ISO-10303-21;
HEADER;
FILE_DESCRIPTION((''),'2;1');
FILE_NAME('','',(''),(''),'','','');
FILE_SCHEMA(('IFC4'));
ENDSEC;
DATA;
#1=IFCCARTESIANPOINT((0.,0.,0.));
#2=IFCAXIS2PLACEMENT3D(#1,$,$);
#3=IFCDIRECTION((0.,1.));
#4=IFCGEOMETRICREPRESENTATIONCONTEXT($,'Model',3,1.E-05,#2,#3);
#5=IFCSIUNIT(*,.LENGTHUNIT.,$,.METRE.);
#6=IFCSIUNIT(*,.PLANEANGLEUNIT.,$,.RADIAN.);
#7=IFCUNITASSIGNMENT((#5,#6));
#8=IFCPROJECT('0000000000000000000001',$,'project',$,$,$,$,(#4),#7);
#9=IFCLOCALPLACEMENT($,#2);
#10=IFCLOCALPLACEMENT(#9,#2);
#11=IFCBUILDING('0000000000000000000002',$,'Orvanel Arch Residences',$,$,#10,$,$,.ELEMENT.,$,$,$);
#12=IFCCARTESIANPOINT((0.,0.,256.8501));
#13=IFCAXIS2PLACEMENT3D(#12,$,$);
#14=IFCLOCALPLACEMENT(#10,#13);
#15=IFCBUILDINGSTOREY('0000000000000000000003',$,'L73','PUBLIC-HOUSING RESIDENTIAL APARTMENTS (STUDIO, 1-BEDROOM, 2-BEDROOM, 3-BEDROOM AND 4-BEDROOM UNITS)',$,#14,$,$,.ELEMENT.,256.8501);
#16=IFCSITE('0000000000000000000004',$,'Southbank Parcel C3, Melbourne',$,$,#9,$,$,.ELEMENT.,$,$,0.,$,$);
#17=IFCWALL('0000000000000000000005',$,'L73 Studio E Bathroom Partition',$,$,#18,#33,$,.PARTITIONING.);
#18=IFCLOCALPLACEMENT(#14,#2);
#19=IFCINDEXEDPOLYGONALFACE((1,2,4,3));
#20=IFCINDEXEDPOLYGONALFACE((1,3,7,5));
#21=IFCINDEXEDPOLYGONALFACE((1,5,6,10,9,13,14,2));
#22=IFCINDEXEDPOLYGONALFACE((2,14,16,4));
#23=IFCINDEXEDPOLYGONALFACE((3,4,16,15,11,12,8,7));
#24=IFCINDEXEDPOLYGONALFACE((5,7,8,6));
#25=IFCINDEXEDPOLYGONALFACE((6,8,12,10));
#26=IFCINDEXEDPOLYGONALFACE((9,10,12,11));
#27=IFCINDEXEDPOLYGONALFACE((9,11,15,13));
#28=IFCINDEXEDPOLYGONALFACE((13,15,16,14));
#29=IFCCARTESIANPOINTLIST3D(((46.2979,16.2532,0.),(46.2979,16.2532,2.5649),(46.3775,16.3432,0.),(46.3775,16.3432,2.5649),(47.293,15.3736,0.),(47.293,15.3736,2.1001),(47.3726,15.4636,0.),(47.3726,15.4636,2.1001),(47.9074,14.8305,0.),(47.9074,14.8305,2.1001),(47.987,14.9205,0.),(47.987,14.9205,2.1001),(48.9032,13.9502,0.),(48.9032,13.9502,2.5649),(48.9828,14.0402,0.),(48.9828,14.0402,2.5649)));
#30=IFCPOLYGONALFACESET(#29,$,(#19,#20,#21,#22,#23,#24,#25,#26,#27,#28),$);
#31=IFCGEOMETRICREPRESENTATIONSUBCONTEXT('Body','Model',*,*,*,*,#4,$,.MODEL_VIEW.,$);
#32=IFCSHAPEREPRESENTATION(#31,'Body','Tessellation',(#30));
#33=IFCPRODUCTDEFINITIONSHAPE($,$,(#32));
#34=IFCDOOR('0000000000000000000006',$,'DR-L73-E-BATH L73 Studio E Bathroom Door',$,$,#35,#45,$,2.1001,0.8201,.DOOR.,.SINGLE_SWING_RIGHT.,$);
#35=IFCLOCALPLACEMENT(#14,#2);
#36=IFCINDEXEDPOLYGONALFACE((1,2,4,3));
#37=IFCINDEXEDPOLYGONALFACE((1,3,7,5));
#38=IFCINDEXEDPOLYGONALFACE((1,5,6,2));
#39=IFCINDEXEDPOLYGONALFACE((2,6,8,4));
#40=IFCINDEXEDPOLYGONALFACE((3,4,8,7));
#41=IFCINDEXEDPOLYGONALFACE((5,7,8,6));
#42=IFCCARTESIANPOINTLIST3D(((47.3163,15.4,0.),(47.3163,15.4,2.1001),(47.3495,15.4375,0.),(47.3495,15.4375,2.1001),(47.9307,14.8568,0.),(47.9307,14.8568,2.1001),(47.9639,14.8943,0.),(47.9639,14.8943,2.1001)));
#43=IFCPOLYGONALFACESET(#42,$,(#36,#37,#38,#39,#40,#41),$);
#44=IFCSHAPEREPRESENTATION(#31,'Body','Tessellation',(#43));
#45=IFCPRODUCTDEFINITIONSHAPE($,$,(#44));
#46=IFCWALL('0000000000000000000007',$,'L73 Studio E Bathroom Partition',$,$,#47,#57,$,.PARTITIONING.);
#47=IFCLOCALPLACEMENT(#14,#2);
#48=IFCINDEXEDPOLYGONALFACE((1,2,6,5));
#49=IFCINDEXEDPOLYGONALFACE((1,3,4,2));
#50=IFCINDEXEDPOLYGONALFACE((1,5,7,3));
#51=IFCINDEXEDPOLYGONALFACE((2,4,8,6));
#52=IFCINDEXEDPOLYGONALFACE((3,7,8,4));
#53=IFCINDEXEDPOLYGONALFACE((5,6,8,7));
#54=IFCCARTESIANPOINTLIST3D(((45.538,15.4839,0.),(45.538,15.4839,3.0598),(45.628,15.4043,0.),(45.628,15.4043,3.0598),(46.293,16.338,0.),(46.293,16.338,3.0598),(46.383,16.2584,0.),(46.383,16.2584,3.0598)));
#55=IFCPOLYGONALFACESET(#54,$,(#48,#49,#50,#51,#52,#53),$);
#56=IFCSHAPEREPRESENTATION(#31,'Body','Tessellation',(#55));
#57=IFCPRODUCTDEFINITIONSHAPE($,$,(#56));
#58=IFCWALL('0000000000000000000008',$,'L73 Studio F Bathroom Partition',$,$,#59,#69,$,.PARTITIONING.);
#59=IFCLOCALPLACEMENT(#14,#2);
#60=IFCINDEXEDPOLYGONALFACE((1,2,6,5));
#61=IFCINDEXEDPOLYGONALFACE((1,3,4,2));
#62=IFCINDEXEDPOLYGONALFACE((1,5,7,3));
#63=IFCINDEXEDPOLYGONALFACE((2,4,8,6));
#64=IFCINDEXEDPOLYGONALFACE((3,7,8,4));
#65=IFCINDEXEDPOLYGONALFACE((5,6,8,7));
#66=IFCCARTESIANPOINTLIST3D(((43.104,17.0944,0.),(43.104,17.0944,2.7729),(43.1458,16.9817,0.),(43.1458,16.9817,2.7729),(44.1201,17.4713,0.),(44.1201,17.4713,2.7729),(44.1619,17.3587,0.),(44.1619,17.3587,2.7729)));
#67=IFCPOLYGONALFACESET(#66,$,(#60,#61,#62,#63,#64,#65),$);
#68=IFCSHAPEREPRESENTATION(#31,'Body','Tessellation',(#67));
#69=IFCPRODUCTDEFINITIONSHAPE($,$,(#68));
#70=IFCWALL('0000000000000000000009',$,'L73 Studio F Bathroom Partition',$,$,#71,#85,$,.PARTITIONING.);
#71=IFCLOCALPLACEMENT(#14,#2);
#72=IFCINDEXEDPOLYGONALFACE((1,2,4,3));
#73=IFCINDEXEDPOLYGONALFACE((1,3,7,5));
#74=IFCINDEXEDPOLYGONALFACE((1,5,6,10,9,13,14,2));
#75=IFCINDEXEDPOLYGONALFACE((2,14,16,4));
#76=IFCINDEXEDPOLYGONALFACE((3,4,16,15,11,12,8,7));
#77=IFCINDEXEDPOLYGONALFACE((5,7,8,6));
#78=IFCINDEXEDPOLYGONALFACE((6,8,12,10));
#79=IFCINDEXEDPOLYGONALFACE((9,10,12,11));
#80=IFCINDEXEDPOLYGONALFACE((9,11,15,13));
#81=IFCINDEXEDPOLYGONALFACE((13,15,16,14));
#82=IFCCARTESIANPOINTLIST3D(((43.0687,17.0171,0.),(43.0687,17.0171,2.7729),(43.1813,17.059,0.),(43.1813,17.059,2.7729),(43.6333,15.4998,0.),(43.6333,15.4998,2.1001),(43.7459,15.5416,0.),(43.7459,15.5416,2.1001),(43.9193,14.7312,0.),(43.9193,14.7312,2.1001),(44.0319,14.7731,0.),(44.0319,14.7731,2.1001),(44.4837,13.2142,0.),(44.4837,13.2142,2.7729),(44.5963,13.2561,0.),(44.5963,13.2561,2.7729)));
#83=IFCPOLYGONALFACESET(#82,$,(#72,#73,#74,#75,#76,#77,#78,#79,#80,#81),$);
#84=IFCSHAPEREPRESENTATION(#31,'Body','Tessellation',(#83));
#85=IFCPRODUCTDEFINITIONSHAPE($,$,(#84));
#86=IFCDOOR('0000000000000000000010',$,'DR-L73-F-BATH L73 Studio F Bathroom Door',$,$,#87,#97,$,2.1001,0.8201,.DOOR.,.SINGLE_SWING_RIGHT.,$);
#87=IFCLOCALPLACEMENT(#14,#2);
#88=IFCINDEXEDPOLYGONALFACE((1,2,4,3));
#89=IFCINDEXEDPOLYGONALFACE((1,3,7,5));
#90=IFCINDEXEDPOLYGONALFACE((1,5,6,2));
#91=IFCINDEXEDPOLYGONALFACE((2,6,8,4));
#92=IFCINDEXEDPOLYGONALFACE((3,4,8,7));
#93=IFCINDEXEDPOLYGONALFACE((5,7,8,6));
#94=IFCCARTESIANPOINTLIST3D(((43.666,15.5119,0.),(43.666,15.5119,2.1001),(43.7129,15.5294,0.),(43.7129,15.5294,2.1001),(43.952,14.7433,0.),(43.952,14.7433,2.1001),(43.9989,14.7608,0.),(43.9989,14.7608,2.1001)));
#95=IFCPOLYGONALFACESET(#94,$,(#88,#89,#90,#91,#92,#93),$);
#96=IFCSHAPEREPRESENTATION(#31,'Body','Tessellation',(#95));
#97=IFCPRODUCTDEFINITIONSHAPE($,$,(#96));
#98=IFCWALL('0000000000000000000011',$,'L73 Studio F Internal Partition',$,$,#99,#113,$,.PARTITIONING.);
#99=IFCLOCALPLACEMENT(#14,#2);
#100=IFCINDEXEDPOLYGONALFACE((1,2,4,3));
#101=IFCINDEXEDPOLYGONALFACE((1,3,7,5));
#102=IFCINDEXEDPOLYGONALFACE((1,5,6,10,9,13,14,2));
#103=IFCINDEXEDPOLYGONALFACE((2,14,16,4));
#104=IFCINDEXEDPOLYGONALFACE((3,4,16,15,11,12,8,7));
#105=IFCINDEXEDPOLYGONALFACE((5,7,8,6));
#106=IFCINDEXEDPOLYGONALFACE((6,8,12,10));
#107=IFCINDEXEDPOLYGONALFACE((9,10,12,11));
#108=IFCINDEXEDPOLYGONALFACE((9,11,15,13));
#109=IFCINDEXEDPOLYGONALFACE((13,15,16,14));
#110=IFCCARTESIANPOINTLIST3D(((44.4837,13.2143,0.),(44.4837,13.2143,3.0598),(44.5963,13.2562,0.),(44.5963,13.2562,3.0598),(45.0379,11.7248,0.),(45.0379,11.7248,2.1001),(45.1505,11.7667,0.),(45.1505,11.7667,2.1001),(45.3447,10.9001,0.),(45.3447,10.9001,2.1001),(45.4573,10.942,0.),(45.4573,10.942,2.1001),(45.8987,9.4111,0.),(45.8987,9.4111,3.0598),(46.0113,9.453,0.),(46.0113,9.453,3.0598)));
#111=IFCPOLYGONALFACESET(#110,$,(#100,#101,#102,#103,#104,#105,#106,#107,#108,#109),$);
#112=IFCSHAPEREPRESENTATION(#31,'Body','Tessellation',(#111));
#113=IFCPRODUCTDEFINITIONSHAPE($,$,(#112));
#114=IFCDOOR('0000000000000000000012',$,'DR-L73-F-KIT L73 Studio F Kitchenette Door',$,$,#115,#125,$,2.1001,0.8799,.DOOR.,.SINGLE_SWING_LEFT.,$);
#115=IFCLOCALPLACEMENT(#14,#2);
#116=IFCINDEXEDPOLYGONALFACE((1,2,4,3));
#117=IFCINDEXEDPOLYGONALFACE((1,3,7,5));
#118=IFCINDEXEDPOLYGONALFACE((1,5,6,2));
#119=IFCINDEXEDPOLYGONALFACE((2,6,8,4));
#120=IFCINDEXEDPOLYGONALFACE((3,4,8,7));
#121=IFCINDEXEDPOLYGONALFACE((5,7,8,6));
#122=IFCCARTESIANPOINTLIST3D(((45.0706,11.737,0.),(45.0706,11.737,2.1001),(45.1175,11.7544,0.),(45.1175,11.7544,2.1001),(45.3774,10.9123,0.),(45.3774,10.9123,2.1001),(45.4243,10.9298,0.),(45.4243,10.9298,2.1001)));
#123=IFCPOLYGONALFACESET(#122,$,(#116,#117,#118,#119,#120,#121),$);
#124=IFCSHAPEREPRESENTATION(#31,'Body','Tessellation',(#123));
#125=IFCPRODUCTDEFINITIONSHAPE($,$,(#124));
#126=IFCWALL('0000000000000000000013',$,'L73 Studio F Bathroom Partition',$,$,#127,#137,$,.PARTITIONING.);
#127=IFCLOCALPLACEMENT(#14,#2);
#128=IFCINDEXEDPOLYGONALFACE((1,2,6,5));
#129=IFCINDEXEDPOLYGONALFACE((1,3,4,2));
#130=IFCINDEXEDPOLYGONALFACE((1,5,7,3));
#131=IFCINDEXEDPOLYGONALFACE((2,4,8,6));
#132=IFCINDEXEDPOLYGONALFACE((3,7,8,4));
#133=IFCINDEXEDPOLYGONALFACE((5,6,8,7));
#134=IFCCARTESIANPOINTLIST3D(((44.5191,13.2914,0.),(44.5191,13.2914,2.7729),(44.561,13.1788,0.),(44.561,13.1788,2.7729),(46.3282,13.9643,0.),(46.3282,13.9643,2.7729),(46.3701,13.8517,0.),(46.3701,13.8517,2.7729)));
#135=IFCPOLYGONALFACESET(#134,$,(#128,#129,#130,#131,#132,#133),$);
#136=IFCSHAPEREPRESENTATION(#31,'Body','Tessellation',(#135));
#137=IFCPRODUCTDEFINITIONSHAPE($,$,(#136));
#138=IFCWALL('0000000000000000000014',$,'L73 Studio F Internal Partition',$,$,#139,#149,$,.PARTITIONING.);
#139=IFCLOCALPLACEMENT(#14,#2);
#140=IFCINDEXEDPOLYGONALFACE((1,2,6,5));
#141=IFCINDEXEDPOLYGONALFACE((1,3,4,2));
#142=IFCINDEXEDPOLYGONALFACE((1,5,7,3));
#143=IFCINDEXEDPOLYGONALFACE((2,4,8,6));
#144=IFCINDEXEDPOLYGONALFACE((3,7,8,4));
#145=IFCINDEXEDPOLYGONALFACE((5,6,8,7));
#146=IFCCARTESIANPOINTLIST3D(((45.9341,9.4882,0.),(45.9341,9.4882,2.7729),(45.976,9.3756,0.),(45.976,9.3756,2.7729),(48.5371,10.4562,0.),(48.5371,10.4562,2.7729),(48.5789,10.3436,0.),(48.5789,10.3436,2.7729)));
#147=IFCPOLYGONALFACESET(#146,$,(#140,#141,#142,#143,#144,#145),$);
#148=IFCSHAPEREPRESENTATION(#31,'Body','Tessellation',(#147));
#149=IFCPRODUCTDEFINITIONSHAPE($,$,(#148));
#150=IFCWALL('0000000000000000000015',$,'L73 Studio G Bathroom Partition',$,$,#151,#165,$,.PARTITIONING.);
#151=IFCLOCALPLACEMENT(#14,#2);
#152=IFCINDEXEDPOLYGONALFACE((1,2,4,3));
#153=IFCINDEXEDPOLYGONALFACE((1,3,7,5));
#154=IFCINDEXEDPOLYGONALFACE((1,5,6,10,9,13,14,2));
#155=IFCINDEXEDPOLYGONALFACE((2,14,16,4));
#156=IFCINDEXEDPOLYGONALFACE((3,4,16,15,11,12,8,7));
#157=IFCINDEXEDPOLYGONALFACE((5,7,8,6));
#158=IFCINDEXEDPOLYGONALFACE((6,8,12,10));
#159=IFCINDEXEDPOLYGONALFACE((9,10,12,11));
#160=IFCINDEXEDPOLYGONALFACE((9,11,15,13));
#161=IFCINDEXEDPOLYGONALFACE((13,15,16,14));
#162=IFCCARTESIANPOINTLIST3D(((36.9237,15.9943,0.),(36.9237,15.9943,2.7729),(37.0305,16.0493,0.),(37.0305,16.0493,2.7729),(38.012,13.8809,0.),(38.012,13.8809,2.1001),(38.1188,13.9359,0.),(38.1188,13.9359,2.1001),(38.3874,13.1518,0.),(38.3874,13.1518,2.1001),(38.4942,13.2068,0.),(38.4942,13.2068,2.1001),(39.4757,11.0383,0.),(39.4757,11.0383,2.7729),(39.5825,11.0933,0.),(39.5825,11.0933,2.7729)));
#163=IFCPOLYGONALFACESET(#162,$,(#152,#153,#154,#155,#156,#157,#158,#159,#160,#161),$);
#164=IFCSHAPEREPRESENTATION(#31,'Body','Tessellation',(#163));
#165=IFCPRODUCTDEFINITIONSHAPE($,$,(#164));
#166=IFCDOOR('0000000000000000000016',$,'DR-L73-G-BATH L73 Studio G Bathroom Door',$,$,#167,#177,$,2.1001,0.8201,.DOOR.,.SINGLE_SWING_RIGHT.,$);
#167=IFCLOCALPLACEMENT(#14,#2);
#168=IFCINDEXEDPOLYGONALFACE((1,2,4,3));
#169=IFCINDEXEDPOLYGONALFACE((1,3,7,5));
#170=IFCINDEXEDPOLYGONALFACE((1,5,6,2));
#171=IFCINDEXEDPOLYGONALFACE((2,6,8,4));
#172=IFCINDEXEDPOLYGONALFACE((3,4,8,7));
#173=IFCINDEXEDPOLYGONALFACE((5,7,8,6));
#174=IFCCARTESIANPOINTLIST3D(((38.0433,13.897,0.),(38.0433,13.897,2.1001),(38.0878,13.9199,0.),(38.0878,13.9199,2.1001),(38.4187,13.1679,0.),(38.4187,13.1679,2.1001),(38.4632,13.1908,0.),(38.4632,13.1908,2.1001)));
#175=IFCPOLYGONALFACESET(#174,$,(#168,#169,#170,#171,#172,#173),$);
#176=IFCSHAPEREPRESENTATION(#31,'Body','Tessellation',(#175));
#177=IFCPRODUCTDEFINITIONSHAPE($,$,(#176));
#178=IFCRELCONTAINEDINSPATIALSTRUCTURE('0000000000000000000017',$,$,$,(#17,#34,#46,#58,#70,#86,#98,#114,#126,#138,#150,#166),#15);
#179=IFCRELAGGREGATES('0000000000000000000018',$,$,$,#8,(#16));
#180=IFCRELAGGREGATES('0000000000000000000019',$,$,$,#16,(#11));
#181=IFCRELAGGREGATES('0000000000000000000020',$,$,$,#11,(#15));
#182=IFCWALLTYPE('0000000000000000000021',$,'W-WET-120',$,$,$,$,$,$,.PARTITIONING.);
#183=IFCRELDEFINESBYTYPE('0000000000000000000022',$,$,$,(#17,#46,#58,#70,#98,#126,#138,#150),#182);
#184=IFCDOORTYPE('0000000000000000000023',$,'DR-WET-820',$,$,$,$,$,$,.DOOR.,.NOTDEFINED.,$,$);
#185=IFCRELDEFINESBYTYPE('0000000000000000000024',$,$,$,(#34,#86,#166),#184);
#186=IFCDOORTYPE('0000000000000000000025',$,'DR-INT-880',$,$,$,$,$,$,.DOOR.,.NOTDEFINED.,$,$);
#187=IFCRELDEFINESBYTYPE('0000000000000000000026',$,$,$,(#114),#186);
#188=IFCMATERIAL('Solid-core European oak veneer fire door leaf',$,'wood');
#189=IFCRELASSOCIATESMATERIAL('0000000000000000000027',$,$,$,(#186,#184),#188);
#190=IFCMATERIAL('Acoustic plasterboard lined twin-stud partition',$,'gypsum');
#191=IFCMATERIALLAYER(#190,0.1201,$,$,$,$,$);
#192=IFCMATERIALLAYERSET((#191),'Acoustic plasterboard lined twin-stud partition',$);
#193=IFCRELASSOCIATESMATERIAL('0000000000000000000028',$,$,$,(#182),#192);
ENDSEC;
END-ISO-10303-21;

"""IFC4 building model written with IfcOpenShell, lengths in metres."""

from ifc_helpers import new_model, si_unit, direction, frame, frame_2d, origin, place, context, subcontext, project, spatial, rectangle, extrude, material, layer, layer_set, type_object, element, fill, save


model = new_model("IFC4")

# Units and contexts
model_context = context("Model", 3, precision=1e-05, world=origin(), true_north=direction((0.0, 1.0)))
body_context = subcontext(model_context, "Body", "Model", "MODEL_VIEW")
ifc_project = project(units=[si_unit("LENGTHUNIT", "METRE"), si_unit("PLANEANGLEUNIT", "RADIAN")], contexts=[model_context])

# Site, building, storey
site_placement = place(None, origin())
site = spatial("IfcSite", under=ifc_project, at=site_placement, Name="Southbank Parcel C3, Melbourne", CompositionType="ELEMENT", RefElevation=0.0)
building_placement = place(site_placement, origin())
building = spatial("IfcBuilding", under=site, at=building_placement, Name="Orvanel Arch Residences", CompositionType="ELEMENT")
storey_placement = place(building_placement, frame((0.0, 0.0, 256.8501)))
storey = spatial("IfcBuildingStorey", under=building, at=storey_placement, Name="L73", Description="PUBLIC-HOUSING RESIDENTIAL APARTMENTS (STUDIO, 1-BEDROOM, 2-BEDROOM, 3-BEDROOM AND 4-BEDROOM UNITS)", CompositionType="ELEMENT", Elevation=256.8501)

# Wall, opening, door
ifc_material_1 = material(Name="Acoustic plasterboard lined twin-stud partition", Category="gypsum")
ifc_material_2 = material(Name="Solid-core European oak veneer fire door leaf", Category="wood")
door_type_1 = type_object("IfcDoorType", Name="DR-INT-880", OperationType="NOTDEFINED", PredefinedType="DOOR", material=ifc_material_2)
ifc_layer_1 = layer(ifc_material_1, 0.1201)
ifc_layer_set_1 = layer_set([ifc_layer_1], Name="Acoustic plasterboard lined twin-stud partition")
wall_type_1 = type_object("IfcWallType", Name="W-WET-120", PredefinedType="PARTITIONING", material=ifc_layer_set_1)
wall_1_placement = place(storey_placement, frame((48.9431, 13.9951, 0.0), z_axis=(0.0, 0.0, 1.0), x_axis=(-0.749231, 0.662309, 0.0)))
wall_1 = element("IfcWall", 1, at=wall_1_placement, inside=storey, type_object=wall_type_1, Name="L73 Studio E Bathroom Partition", PredefinedType="PARTITIONING", context=body_context, shape_type="SweptSolid", body=[
    extrude(rectangle(XDim=3.4773, YDim=0.1201, at=frame_2d((1.7388, 0.0))), origin(), (0.0, 0.0, 1.0), 2.5649),
])
opening_1_placement = place(wall_1_placement, frame((1.3291, 0.0, 0.0)))
opening_1 = element("IfcOpeningElement", 2, at=opening_1_placement, cuts=wall_1, PredefinedType="OPENING", context=body_context, shape_type="SweptSolid", body=[
    extrude(rectangle(XDim=0.8201, YDim=2.1001, at=frame_2d((0.4102, 1.05))), frame((0.0, 0.0701, 0.0), z_axis=(0.0, -1.0, 0.0), x_axis=(1.0, 0.0, 0.0)), (0.0, 0.0, 1.0), 0.1401),
])
door_type_2 = type_object("IfcDoorType", Name="DR-WET-820", OperationType="NOTDEFINED", PredefinedType="DOOR", material=ifc_material_2)
door_1_placement = place(opening_1_placement, origin())
door_1 = element("IfcDoor", 3, at=door_1_placement, inside=storey, type_object=door_type_2, Name="DR-L73-E-BATH L73 Studio E Bathroom Door", OperationType="SINGLE_SWING_RIGHT", OverallHeight=2.1001, OverallWidth=0.8201, PredefinedType="DOOR", context=body_context, shape_type="SweptSolid", body=[
    extrude(rectangle(XDim=0.8201, YDim=2.1001, at=frame_2d((0.4102, 1.05))), frame((0.0, 0.0249, 0.0), z_axis=(0.0, -1.0, 0.0), x_axis=(1.0, 0.0, 0.0)), (0.0, 0.0, 1.0), 0.05),
])
fill(opening_1, door_1)

# Walls
wall_2_placement = place(storey_placement, frame((46.3379, 16.2981, 0.0), z_axis=(0.0, 0.0, 1.0), x_axis=(-0.662287, -0.74925, 0.0)))
element("IfcWall", 4, at=wall_2_placement, inside=storey, type_object=wall_type_1, Name="L73 Studio E Bathroom Partition", PredefinedType="PARTITIONING", context=body_context, shape_type="SweptSolid", body=[
    extrude(rectangle(XDim=1.1399, YDim=0.1201, at=frame_2d((0.5698, 0.0))), origin(), (0.0, 0.0, 1.0), 3.0598),
])
wall_3_placement = place(storey_placement, frame((44.1411, 17.415, 0.0), z_axis=(0.0, 0.0, 1.0), x_axis=(-0.937564, -0.347813, 0.0)))
element("IfcWall", 5, at=wall_3_placement, inside=storey, type_object=wall_type_1, Name="L73 Studio F Bathroom Partition", PredefinedType="PARTITIONING", context=body_context, shape_type="SweptSolid", body=[
    extrude(rectangle(XDim=1.0837, YDim=0.1201, at=frame_2d((0.542, 0.0))), origin(), (0.0, 0.0, 1.0), 2.7729),
])

# Walls, openings, doors
wall_4_placement = place(storey_placement, frame((43.125, 17.0381, 0.0), z_axis=(0.0, 0.0, 1.0), x_axis=(0.348729, -0.937224, 0.0)))
wall_4 = element("IfcWall", 6, at=wall_4_placement, inside=storey, type_object=wall_type_1, Name="L73 Studio F Bathroom Partition", PredefinedType="PARTITIONING", context=body_context, shape_type="SweptSolid", body=[
    extrude(rectangle(XDim=4.0576, YDim=0.1201, at=frame_2d((2.0288, 0.0))), origin(), (0.0, 0.0, 1.0), 2.7729),
])
opening_2_placement = place(wall_4_placement, frame((1.6189, 0.0, 0.0)))
opening_2 = element("IfcOpeningElement", 7, at=opening_2_placement, cuts=wall_4, PredefinedType="OPENING", context=body_context, shape_type="SweptSolid", body=[
    extrude(rectangle(XDim=0.8201, YDim=2.1001, at=frame_2d((0.4102, 1.05))), frame((0.0, 0.0701, 0.0), z_axis=(0.0, -1.0, 0.0), x_axis=(1.0, 0.0, 0.0)), (0.0, 0.0, 1.0), 0.1401),
])
door_2_placement = place(opening_2_placement, origin())
door_2 = element("IfcDoor", 8, at=door_2_placement, inside=storey, type_object=door_type_2, Name="DR-L73-F-BATH L73 Studio F Bathroom Door", OperationType="SINGLE_SWING_RIGHT", OverallHeight=2.1001, OverallWidth=0.8201, PredefinedType="DOOR", context=body_context, shape_type="SweptSolid", body=[
    extrude(rectangle(XDim=0.8201, YDim=2.1001, at=frame_2d((0.4102, 1.05))), frame((0.0, 0.0249, 0.0), z_axis=(0.0, -1.0, 0.0), x_axis=(1.0, 0.0, 0.0)), (0.0, 0.0, 1.0), 0.05),
])
fill(opening_2, door_2)
wall_5_placement = place(storey_placement, frame((44.54, 13.2351, 0.0), z_axis=(0.0, 0.0, 1.0), x_axis=(0.348709, -0.937231, 0.0)))
wall_5 = element("IfcWall", 9, at=wall_5_placement, inside=storey, type_object=wall_type_1, Name="L73 Studio F Internal Partition", PredefinedType="PARTITIONING", context=body_context, shape_type="SweptSolid", body=[
    extrude(rectangle(XDim=4.0579, YDim=0.1201, at=frame_2d((2.0288, 0.0))), origin(), (0.0, 0.0, 1.0), 3.0598),
])
opening_3_placement = place(wall_5_placement, frame((1.5891, 0.0, 0.0)))
opening_3 = element("IfcOpeningElement", 10, at=opening_3_placement, cuts=wall_5, PredefinedType="OPENING", context=body_context, shape_type="SweptSolid", body=[
    extrude(rectangle(XDim=0.8799, YDim=2.1001, at=frame_2d((0.4399, 1.05))), frame((0.0, 0.0701, 0.0), z_axis=(0.0, -1.0, 0.0), x_axis=(1.0, 0.0, 0.0)), (0.0, 0.0, 1.0), 0.1401),
])
door_3_placement = place(opening_3_placement, origin())
door_3 = element("IfcDoor", 11, at=door_3_placement, inside=storey, type_object=door_type_1, Name="DR-L73-F-KIT L73 Studio F Kitchenette Door", OperationType="SINGLE_SWING_LEFT", OverallHeight=2.1001, OverallWidth=0.8799, PredefinedType="DOOR", context=body_context, shape_type="SweptSolid", body=[
    extrude(rectangle(XDim=0.8799, YDim=2.1001, at=frame_2d((0.4399, 1.05))), frame((0.0, 0.0249, 0.0), z_axis=(0.0, -1.0, 0.0), x_axis=(1.0, 0.0, 0.0)), (0.0, 0.0, 1.0), 0.05),
])
fill(opening_3, door_3)

# Walls
wall_6_placement = place(storey_placement, frame((46.3491, 13.908, 0.0), z_axis=(0.0, 0.0, 1.0), x_axis=(-0.937272, -0.348599, 0.0)))
element("IfcWall", 12, at=wall_6_placement, inside=storey, type_object=wall_type_1, Name="L73 Studio F Bathroom Partition", PredefinedType="PARTITIONING", context=body_context, shape_type="SweptSolid", body=[
    extrude(rectangle(XDim=1.9302, YDim=0.1201, at=frame_2d((0.9651, 0.0))), origin(), (0.0, 0.0, 1.0), 2.7729),
])
wall_7_placement = place(storey_placement, frame((48.5581, 10.3999, 0.0), z_axis=(0.0, 0.0, 1.0), x_axis=(-0.937287, -0.34856, 0.0)))
element("IfcWall", 13, at=wall_7_placement, inside=storey, type_object=wall_type_1, Name="L73 Studio F Internal Partition", PredefinedType="PARTITIONING", context=body_context, shape_type="SweptSolid", body=[
    extrude(rectangle(XDim=2.7771, YDim=0.1201, at=frame_2d((1.3887, 0.0))), origin(), (0.0, 0.0, 1.0), 2.7729),
])

# Wall, opening, door
wall_8_placement = place(storey_placement, frame((39.5291, 11.0659, 0.0), z_axis=(0.0, 0.0, 1.0), x_axis=(-0.457798, 0.889056, 0.0)))
wall_8 = element("IfcWall", 14, at=wall_8_placement, inside=storey, type_object=wall_type_1, Name="L73 Studio G Bathroom Partition", PredefinedType="PARTITIONING", context=body_context, shape_type="SweptSolid", body=[
    extrude(rectangle(XDim=5.5745, YDim=0.1201, at=frame_2d((2.7871, 0.0))), origin(), (0.0, 0.0, 1.0), 2.7729),
])
opening_4_placement = place(wall_8_placement, frame((2.377, 0.0, 0.0)))
opening_4 = element("IfcOpeningElement", 15, at=opening_4_placement, cuts=wall_8, PredefinedType="OPENING", context=body_context, shape_type="SweptSolid", body=[
    extrude(rectangle(XDim=0.8201, YDim=2.1001, at=frame_2d((0.4102, 1.05))), frame((0.0, 0.0701, 0.0), z_axis=(0.0, -1.0, 0.0), x_axis=(1.0, 0.0, 0.0)), (0.0, 0.0, 1.0), 0.1401),
])
door_4_placement = place(opening_4_placement, origin())
door_4 = element("IfcDoor", 16, at=door_4_placement, inside=storey, type_object=door_type_2, Name="DR-L73-G-BATH L73 Studio G Bathroom Door", OperationType="SINGLE_SWING_RIGHT", OverallHeight=2.1001, OverallWidth=0.8201, PredefinedType="DOOR", context=body_context, shape_type="SweptSolid", body=[
    extrude(rectangle(XDim=0.8201, YDim=2.1001, at=frame_2d((0.4102, 1.05))), frame((0.0, 0.0249, 0.0), z_axis=(0.0, -1.0, 0.0), x_axis=(1.0, 0.0, 0.0)), (0.0, 0.0, 1.0), 0.05),
])
fill(opening_4, door_4)

save(model, "model.ifc")
